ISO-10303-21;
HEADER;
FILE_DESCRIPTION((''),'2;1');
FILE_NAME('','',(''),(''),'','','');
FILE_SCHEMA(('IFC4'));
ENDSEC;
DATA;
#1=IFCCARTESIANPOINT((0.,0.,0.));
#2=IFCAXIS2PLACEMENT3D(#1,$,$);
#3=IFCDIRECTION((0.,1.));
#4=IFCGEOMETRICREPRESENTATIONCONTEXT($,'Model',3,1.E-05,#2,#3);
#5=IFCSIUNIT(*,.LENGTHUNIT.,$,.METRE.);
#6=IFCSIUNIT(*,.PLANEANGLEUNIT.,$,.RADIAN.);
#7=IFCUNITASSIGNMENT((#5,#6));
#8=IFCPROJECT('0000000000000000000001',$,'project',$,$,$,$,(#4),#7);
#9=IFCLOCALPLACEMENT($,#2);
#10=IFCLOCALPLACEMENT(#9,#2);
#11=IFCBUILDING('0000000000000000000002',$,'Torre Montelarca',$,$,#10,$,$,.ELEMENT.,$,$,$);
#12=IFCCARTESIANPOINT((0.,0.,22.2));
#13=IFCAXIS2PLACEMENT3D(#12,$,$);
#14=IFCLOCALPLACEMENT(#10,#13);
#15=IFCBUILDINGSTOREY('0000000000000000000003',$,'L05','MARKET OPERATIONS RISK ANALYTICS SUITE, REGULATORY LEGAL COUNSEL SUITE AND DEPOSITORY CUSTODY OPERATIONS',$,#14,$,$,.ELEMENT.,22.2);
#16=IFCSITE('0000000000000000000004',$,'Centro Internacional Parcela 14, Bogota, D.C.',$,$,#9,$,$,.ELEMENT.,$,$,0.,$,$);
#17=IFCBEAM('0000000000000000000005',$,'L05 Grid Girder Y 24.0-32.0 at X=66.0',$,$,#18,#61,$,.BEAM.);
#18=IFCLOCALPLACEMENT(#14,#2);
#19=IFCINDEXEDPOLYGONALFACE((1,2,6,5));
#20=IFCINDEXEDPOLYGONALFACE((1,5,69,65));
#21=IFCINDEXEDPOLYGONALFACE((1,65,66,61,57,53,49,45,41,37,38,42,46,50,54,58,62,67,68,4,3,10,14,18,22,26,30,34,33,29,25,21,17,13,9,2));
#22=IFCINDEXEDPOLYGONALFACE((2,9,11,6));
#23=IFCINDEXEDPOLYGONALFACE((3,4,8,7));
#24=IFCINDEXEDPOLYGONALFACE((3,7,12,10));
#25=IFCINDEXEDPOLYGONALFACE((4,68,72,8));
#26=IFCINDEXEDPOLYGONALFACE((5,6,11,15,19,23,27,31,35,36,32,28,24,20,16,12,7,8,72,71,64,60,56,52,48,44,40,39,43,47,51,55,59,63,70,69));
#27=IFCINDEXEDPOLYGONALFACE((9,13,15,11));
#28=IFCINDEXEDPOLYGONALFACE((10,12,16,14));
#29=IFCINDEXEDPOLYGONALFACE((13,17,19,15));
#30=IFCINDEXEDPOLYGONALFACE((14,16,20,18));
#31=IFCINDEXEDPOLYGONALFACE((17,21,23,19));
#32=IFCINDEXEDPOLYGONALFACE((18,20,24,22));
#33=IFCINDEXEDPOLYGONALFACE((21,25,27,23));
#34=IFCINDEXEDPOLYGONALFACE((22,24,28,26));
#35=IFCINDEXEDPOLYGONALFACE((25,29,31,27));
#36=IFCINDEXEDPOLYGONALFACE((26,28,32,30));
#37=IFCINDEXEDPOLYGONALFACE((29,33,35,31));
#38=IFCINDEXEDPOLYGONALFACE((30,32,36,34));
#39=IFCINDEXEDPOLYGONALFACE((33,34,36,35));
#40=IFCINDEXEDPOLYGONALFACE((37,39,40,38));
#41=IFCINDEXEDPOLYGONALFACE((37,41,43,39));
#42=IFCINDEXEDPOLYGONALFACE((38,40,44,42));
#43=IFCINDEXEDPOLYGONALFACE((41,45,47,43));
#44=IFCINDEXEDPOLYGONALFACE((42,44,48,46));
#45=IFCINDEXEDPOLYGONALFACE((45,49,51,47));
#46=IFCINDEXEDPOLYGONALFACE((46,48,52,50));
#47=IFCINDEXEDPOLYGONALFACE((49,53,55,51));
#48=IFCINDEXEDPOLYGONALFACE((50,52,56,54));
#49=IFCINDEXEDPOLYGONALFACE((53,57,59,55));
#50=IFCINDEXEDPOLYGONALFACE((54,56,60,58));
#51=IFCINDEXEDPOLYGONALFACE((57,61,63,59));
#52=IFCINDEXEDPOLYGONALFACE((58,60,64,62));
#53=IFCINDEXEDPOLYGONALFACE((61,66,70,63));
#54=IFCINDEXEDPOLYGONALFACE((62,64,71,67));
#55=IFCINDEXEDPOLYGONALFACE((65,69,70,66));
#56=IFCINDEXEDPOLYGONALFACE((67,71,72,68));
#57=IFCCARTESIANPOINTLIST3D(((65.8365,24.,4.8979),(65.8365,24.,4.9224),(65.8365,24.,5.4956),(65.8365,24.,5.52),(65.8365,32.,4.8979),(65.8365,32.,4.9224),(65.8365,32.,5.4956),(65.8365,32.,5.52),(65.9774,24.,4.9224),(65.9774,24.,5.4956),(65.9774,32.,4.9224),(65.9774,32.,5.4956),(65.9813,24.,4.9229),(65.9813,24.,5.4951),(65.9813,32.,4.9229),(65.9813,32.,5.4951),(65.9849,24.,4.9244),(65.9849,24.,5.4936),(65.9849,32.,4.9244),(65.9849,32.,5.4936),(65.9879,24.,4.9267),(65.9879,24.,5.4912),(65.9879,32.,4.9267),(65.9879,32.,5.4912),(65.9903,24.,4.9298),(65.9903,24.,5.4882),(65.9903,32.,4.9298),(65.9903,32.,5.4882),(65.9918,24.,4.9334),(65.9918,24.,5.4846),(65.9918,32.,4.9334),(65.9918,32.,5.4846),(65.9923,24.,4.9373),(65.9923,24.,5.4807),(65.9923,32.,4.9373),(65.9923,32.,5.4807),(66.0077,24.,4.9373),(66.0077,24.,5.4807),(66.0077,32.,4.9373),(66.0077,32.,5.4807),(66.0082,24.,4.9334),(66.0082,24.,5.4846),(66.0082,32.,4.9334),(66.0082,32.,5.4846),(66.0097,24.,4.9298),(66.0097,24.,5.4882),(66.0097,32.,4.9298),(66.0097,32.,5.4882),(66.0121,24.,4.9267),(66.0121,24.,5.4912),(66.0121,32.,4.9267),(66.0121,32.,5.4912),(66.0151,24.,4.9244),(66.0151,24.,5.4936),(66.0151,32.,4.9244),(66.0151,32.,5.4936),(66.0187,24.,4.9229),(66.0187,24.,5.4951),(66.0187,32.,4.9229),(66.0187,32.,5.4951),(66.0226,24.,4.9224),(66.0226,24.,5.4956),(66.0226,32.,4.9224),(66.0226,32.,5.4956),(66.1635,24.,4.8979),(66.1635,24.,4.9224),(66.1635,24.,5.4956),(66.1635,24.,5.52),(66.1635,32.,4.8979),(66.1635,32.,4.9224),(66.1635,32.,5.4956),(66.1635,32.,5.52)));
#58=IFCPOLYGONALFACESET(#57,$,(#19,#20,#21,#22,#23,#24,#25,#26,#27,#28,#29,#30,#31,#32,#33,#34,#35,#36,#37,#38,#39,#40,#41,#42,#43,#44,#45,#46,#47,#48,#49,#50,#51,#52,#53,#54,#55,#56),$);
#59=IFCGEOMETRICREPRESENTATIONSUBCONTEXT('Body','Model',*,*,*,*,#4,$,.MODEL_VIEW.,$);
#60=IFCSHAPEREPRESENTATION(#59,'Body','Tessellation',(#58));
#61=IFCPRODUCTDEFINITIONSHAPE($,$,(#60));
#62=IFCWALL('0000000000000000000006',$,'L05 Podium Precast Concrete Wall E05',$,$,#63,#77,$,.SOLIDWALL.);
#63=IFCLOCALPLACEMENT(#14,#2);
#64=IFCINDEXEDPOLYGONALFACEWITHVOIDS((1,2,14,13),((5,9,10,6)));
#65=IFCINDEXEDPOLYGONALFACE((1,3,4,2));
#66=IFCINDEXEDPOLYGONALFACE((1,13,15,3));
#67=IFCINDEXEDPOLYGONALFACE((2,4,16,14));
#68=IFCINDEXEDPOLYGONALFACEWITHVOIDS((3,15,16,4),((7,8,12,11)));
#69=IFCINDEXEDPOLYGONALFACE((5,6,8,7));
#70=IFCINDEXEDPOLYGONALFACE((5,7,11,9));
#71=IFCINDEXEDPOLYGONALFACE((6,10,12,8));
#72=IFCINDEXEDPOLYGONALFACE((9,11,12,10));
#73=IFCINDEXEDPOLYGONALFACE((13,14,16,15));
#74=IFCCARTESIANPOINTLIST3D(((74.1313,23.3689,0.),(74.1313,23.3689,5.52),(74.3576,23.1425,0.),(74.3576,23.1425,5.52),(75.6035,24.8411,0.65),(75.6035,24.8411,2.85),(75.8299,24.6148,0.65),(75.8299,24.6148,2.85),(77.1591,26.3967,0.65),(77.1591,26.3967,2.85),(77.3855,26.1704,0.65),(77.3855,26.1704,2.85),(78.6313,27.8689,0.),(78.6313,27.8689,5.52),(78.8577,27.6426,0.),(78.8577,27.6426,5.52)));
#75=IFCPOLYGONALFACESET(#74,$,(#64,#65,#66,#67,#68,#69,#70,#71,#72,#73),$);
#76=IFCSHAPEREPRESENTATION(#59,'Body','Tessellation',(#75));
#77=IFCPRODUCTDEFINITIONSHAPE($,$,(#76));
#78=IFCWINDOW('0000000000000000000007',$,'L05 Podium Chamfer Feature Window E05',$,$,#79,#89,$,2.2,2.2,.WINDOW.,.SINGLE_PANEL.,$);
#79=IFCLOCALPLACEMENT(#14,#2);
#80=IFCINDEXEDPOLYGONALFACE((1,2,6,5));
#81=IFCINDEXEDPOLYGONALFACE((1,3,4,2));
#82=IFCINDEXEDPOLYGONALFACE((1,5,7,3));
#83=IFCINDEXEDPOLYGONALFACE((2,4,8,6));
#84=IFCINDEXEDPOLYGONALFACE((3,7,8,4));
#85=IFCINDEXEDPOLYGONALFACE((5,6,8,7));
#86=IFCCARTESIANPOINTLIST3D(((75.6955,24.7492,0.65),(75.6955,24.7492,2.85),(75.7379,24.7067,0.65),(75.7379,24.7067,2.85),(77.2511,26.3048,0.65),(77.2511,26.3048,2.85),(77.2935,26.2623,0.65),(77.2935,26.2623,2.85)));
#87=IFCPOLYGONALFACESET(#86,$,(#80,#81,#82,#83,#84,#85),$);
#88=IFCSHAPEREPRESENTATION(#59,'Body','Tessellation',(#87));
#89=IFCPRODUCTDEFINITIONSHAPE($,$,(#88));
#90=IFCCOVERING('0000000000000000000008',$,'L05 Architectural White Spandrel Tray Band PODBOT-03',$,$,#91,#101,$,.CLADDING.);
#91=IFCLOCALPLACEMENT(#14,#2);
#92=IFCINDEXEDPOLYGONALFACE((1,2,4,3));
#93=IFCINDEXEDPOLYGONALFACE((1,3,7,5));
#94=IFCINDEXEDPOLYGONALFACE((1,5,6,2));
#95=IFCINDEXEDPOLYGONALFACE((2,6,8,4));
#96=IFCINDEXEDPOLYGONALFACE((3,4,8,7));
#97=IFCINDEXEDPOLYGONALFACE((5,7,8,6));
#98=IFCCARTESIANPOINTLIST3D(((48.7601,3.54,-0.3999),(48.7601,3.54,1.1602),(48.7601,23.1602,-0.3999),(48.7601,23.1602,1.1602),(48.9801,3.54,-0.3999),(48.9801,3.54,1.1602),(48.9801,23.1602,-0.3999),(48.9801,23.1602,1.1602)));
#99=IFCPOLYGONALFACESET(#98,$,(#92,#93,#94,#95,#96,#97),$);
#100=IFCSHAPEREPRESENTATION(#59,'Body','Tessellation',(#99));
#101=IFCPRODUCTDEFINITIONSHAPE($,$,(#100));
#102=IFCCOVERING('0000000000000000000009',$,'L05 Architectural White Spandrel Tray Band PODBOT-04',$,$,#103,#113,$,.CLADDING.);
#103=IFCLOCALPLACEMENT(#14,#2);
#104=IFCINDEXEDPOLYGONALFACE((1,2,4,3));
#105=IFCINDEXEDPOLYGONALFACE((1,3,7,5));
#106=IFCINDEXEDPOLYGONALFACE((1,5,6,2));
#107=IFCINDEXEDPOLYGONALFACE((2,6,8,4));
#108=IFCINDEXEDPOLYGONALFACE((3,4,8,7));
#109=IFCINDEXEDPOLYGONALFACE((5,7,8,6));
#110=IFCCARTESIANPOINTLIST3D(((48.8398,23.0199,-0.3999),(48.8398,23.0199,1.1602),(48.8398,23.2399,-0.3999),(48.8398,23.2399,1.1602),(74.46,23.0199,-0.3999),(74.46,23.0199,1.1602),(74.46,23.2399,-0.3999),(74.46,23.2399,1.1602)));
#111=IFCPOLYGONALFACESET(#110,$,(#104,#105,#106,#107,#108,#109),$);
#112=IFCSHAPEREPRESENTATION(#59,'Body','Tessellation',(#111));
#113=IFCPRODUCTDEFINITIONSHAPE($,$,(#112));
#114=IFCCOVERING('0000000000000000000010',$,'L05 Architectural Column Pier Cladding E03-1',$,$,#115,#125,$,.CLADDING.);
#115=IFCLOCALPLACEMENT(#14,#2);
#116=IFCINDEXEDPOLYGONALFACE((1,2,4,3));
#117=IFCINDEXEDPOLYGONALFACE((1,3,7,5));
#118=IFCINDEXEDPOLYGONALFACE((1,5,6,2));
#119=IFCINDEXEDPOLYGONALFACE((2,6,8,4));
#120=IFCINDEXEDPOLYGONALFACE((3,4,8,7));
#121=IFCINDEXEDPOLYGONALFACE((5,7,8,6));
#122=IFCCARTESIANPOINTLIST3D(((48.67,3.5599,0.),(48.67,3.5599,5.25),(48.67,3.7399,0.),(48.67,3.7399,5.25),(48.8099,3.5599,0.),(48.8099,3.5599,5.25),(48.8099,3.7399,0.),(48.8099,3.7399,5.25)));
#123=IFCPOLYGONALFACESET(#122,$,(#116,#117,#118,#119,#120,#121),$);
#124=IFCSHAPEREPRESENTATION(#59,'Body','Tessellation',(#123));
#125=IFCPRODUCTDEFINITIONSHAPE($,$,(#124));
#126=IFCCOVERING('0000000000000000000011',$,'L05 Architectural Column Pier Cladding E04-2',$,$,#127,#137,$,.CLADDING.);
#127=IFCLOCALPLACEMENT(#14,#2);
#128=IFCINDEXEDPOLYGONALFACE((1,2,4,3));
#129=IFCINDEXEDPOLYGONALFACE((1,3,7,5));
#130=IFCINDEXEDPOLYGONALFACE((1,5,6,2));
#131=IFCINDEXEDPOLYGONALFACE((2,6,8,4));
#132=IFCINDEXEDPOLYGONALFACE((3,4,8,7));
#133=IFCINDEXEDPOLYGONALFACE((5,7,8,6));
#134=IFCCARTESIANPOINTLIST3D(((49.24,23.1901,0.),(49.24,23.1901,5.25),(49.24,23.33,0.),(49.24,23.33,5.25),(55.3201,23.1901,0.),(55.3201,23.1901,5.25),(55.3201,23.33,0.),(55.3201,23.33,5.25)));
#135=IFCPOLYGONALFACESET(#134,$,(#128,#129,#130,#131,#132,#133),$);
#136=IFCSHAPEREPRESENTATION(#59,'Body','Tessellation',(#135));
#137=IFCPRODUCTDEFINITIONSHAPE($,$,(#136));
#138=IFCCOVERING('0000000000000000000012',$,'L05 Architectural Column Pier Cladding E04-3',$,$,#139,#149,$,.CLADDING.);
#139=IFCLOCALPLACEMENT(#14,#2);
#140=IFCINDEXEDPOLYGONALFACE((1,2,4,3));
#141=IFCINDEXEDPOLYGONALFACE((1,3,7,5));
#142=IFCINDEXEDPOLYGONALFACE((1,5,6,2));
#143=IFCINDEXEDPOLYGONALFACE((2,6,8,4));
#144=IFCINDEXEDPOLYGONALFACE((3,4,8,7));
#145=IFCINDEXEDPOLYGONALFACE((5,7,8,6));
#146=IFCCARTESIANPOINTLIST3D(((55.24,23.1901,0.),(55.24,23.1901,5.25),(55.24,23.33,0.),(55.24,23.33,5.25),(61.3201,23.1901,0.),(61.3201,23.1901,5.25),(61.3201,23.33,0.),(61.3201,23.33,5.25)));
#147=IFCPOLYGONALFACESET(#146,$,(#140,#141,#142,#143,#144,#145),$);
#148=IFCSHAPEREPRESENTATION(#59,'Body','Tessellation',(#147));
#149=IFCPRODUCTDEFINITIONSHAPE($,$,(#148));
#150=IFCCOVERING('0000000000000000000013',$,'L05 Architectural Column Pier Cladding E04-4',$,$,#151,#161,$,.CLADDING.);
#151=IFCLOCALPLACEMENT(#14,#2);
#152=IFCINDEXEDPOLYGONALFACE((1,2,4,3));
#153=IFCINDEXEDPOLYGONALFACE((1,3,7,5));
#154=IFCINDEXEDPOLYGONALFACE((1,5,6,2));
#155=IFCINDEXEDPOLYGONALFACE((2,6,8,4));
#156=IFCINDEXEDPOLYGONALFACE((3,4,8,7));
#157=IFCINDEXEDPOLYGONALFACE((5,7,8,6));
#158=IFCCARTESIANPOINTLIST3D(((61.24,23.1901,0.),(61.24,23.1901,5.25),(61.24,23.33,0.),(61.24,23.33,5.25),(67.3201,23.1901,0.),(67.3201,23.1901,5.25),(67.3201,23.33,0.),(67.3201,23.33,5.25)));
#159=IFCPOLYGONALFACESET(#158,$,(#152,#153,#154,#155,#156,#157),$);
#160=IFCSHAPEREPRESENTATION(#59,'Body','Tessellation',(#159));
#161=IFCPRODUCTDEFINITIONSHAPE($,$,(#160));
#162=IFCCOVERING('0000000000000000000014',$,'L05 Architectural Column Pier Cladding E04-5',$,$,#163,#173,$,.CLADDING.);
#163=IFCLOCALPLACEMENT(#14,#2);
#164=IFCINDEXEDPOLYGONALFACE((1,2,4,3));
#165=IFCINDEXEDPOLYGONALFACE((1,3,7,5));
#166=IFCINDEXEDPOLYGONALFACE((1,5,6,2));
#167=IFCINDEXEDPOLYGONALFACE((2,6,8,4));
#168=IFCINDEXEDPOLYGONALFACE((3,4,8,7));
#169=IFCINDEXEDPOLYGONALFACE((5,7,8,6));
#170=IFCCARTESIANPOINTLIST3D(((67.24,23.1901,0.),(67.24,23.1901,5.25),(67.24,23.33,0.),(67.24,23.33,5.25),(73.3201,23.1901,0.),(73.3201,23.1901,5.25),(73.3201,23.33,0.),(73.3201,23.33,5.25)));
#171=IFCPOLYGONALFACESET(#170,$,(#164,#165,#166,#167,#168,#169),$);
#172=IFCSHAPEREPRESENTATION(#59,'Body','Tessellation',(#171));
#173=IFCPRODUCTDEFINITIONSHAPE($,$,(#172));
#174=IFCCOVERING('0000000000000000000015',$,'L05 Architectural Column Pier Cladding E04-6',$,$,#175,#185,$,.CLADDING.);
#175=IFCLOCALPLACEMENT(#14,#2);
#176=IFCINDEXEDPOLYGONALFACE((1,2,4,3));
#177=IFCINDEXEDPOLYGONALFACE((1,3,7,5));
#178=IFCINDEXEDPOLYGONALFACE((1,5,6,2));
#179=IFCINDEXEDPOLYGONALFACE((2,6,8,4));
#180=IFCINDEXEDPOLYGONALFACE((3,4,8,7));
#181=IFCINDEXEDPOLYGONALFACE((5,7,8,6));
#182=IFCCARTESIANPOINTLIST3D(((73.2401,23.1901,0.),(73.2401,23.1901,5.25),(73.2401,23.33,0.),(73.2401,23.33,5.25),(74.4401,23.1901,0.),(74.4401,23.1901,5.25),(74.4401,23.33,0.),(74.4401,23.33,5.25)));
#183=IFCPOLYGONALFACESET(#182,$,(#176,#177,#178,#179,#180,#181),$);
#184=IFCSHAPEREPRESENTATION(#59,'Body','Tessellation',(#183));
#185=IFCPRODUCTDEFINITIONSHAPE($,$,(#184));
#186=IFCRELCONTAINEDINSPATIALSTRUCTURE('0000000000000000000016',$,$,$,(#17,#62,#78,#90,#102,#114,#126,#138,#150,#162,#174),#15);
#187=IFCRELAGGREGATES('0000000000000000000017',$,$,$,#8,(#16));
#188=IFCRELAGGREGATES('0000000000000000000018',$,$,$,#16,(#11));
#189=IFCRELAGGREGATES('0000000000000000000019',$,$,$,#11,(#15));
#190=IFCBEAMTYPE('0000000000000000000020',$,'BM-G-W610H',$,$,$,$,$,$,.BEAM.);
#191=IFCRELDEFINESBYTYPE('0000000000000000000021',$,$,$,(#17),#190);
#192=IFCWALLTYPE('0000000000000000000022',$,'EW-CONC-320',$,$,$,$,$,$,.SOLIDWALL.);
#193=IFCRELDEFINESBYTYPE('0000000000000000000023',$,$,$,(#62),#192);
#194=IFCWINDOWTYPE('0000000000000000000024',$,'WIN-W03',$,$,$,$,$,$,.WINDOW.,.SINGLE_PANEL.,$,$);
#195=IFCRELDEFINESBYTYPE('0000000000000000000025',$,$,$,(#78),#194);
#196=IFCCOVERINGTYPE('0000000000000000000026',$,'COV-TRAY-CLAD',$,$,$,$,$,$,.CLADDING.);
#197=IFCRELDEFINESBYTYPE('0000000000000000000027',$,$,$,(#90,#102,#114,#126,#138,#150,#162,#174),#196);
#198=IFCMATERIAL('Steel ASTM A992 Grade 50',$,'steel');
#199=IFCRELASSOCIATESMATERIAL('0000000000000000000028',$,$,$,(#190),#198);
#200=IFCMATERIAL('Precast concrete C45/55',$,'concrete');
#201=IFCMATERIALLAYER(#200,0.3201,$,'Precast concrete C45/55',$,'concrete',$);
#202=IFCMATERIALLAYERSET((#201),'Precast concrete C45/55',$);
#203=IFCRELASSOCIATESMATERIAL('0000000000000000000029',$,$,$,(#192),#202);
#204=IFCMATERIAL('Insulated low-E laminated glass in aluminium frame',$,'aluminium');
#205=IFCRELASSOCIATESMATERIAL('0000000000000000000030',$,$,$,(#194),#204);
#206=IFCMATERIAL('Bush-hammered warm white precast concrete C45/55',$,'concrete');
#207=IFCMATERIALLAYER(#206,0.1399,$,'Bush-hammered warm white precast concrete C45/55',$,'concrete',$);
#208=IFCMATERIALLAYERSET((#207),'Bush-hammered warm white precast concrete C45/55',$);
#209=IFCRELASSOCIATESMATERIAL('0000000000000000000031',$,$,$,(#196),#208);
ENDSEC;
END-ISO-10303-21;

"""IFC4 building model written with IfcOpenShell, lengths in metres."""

from ifc_helpers import new_model, si_unit, direction, frame, frame_2d, origin, origin_2d, place, context, subcontext, project, spatial, rectangle, i_section, extrude, source, transform, mapped, material, layer, layer_set, material_profile, profile_set, type_object, element, fill, save


model = new_model("IFC4")

# Units and contexts
model_context = context("Model", 3, precision=1e-05, world=origin(), true_north=direction((0.0, 1.0)))
body_context = subcontext(model_context, "Body", "Model", "MODEL_VIEW")
ifc_project = project(units=[si_unit("LENGTHUNIT", "METRE"), si_unit("PLANEANGLEUNIT", "RADIAN")], contexts=[model_context])

# Site, building, storey
site_placement = place(None, origin())
site = spatial("IfcSite", under=ifc_project, at=site_placement, Name="Centro Internacional Parcela 14, Bogota, D.C.", CompositionType="ELEMENT", RefElevation=0.0)
building_placement = place(site_placement, origin())
building = spatial("IfcBuilding", under=site, at=building_placement, Name="Torre Montelarca", CompositionType="ELEMENT")
storey_placement = place(building_placement, frame((0.0, 0.0, 22.2)))
storey = spatial("IfcBuildingStorey", under=building, at=storey_placement, Name="L05", Description="MARKET OPERATIONS RISK ANALYTICS SUITE, REGULATORY LEGAL COUNSEL SUITE AND DEPOSITORY CUSTODY OPERATIONS", CompositionType="ELEMENT", Elevation=22.2)

# Beam
ifc_material_1 = material(Name="Steel ASTM A992 Grade 50", Category="steel")
ifc_material_profile_1 = material_profile(ifc_material_1, i_section(OverallWidth=0.3269, OverallDepth=0.6221, WebThickness=0.0154, FlangeThickness=0.0244, FilletRadius=0.0149, at=origin_2d()), Name="W610X195", Category="steel")
ifc_profile_set_1 = profile_set([ifc_material_profile_1], Name="Steel ASTM A992 Grade 50")
beam_type_1 = type_object("IfcBeamType", Name="BM-G-W610H", PredefinedType="BEAM", material=ifc_profile_set_1)
shared_shape_1 = source(origin(), body_context, "Body", "SweptSolid", [
    extrude(i_section(OverallWidth=0.3269, OverallDepth=0.6221, WebThickness=0.0154, FlangeThickness=0.0244, FilletRadius=0.0149, at=origin_2d()), origin(), (0.0, 0.0, 1.0), 8.0),
])
for number, where, z_axis, x_axis, name in (
    (1, (66.0, 24.0, 5.209), (0.0, 1.0, 0.0), (-1.0, 0.0, 0.0), "L05 Grid Girder Y 24.0-32.0 at X=66.0"),
):
    element("IfcBeam", number, at=place(storey_placement, frame(where, z_axis=z_axis, x_axis=x_axis)), inside=storey, type_object=beam_type_1, Name=name, PredefinedType="BEAM", context=body_context, shape_type="MappedRepresentation", body=[
        mapped(shared_shape_1, transform((0.0, 0.0, 0.0), scale=1.0)),
    ])

# Wall, opening, window
ifc_material_2 = material(Name="Precast concrete C45/55", Category="concrete")
ifc_layer_1 = layer(ifc_material_2, 0.3201, Name="Precast concrete C45/55", Category="concrete")
ifc_layer_set_1 = layer_set([ifc_layer_1], Name="Precast concrete C45/55")
wall_type = type_object("IfcWallType", Name="EW-CONC-320", PredefinedType="SOLIDWALL", material=ifc_layer_set_1)
wall_placement = place(storey_placement, frame((74.2444, 23.2556, 0.0), z_axis=(0.0, 0.0, 1.0), x_axis=(0.707107, 0.707107, 0.0)))
wall = element("IfcWall", 2, at=wall_placement, inside=storey, type_object=wall_type, Name="L05 Podium Precast Concrete Wall E05", PredefinedType="SOLIDWALL", context=body_context, shape_type="SweptSolid", body=[
    extrude(rectangle(XDim=6.364, YDim=0.3201, at=frame_2d((3.1821, 0.0))), origin(), (0.0, 0.0, 1.0), 5.52),
])
opening_placement = place(wall_placement, frame((2.082, 0.0, 0.6499)))
opening = element("IfcOpeningElement", 3, at=opening_placement, cuts=wall, PredefinedType="OPENING", context=body_context, shape_type="SweptSolid", body=[
    extrude(rectangle(XDim=2.2, YDim=2.2, at=frame_2d((1.1001, 1.1001))), frame((0.0, 0.1699, 0.0), z_axis=(0.0, -1.0, 0.0), x_axis=(1.0, 0.0, 0.0)), (0.0, 0.0, 1.0), 0.3401),
])
ifc_material_3 = material(Name="Insulated low-E laminated glass in aluminium frame", Category="aluminium")
window_type = type_object("IfcWindowType", Name="WIN-W03", PartitioningType="SINGLE_PANEL", PredefinedType="WINDOW", material=ifc_material_3)
shared_shape_2 = source(origin(), body_context, "Body", "SweptSolid", [
    extrude(rectangle(XDim=2.2, YDim=2.2, at=frame_2d((1.1001, 1.1001))), frame((0.0, 0.03, 0.0), z_axis=(0.0, -1.0, 0.0), x_axis=(1.0, 0.0, 0.0)), (0.0, 0.0, 1.0), 0.0601),
])
window_placement = place(opening_placement, origin())
window = element("IfcWindow", 4, at=window_placement, inside=storey, type_object=window_type, Name="L05 Podium Chamfer Feature Window E05", OverallHeight=2.2, OverallWidth=2.2, PartitioningType="SINGLE_PANEL", PredefinedType="WINDOW", context=body_context, shape_type="MappedRepresentation", body=[
    mapped(shared_shape_2, transform((0.0, 0.0, 0.0), scale=1.0)),
])
fill(opening, window)

# Coverings
ifc_material_4 = material(Name="Bush-hammered warm white precast concrete C45/55", Category="concrete")
ifc_layer_2 = layer(ifc_material_4, 0.1399, Name="Bush-hammered warm white precast concrete C45/55", Category="concrete")
ifc_layer_set_2 = layer_set([ifc_layer_2], Name="Bush-hammered warm white precast concrete C45/55")
covering_type = type_object("IfcCoveringType", Name="COV-TRAY-CLAD", PredefinedType="CLADDING", material=ifc_layer_set_2)
shared_shape_3 = source(origin(), body_context, "Body", "SweptSolid", [
    extrude(rectangle(XDim=19.6201, YDim=0.22, at=origin_2d()), origin(), (0.0, 0.0, 1.0), 1.5601),
])
covering_1_placement = place(storey_placement, frame((48.8701, 13.3501, -0.3999), z_axis=(0.0, 0.0, 1.0), x_axis=(0.0, 1.0, 0.0)))
element("IfcCovering", 5, at=covering_1_placement, inside=storey, type_object=covering_type, Name="L05 Architectural White Spandrel Tray Band PODBOT-03", PredefinedType="CLADDING", context=body_context, shape_type="MappedRepresentation", body=[
    mapped(shared_shape_3, transform((0.0, 0.0, 0.0), scale=1.0)),
])
shared_shape_4 = source(origin(), body_context, "Body", "SweptSolid", [
    extrude(rectangle(XDim=25.6201, YDim=0.22, at=origin_2d()), origin(), (0.0, 0.0, 1.0), 1.5601),
])
covering_2_placement = place(storey_placement, frame((61.6499, 23.1299, -0.3999), z_axis=(0.0, 0.0, 1.0), x_axis=(1.0, 0.0, 0.0)))
element("IfcCovering", 6, at=covering_2_placement, inside=storey, type_object=covering_type, Name="L05 Architectural White Spandrel Tray Band PODBOT-04", PredefinedType="CLADDING", context=body_context, shape_type="MappedRepresentation", body=[
    mapped(shared_shape_4, transform((0.0, 0.0, 0.0), scale=1.0)),
])
shared_shape_5 = source(origin(), body_context, "Body", "SweptSolid", [
    extrude(rectangle(XDim=0.1799, YDim=0.1399, at=origin_2d()), origin(), (0.0, 0.0, 1.0), 5.25),
])
covering_3_placement = place(storey_placement, frame((48.74, 3.6499, 0.0), z_axis=(0.0, 0.0, 1.0), x_axis=(0.0, 1.0, 0.0)))
element("IfcCovering", 7, at=covering_3_placement, inside=storey, type_object=covering_type, Name="L05 Architectural Column Pier Cladding E03-1", PredefinedType="CLADDING", context=body_context, shape_type="MappedRepresentation", body=[
    mapped(shared_shape_5, transform((0.0, 0.0, 0.0), scale=1.0)),
])
shared_shape_6 = source(origin(), body_context, "Body", "SweptSolid", [
    extrude(rectangle(XDim=6.0801, YDim=0.1399, at=origin_2d()), origin(), (0.0, 0.0, 1.0), 5.25),
])
for number, where, z_axis, x_axis, name in (
    (8, (52.28, 23.26, 0.0), (0.0, 0.0, 1.0), (1.0, 0.0, 0.0), "L05 Architectural Column Pier Cladding E04-2"),
    (9, (58.28, 23.26, 0.0), (0.0, 0.0, 1.0), (1.0, 0.0, 0.0), "L05 Architectural Column Pier Cladding E04-3"),
    (10, (64.28, 23.26, 0.0), (0.0, 0.0, 1.0), (1.0, 0.0, 0.0), "L05 Architectural Column Pier Cladding E04-4"),
    (11, (70.28, 23.26, 0.0), (0.0, 0.0, 1.0), (1.0, 0.0, 0.0), "L05 Architectural Column Pier Cladding E04-5"),
):
    element("IfcCovering", number, at=place(storey_placement, frame(where, z_axis=z_axis, x_axis=x_axis)), inside=storey, type_object=covering_type, Name=name, PredefinedType="CLADDING", context=body_context, shape_type="MappedRepresentation", body=[
        mapped(shared_shape_6, transform((0.0, 0.0, 0.0), scale=1.0)),
    ])
shared_shape_7 = source(origin(), body_context, "Body", "SweptSolid", [
    extrude(rectangle(XDim=1.2, YDim=0.1399, at=origin_2d()), origin(), (0.0, 0.0, 1.0), 5.25),
])
covering_4_placement = place(storey_placement, frame((73.8401, 23.26, 0.0), z_axis=(0.0, 0.0, 1.0), x_axis=(1.0, 0.0, 0.0)))
element("IfcCovering", 12, at=covering_4_placement, inside=storey, type_object=covering_type, Name="L05 Architectural Column Pier Cladding E04-6", PredefinedType="CLADDING", context=body_context, shape_type="MappedRepresentation", body=[
    mapped(shared_shape_7, transform((0.0, 0.0, 0.0), scale=1.0)),
])

save(model, "model.ifc")
